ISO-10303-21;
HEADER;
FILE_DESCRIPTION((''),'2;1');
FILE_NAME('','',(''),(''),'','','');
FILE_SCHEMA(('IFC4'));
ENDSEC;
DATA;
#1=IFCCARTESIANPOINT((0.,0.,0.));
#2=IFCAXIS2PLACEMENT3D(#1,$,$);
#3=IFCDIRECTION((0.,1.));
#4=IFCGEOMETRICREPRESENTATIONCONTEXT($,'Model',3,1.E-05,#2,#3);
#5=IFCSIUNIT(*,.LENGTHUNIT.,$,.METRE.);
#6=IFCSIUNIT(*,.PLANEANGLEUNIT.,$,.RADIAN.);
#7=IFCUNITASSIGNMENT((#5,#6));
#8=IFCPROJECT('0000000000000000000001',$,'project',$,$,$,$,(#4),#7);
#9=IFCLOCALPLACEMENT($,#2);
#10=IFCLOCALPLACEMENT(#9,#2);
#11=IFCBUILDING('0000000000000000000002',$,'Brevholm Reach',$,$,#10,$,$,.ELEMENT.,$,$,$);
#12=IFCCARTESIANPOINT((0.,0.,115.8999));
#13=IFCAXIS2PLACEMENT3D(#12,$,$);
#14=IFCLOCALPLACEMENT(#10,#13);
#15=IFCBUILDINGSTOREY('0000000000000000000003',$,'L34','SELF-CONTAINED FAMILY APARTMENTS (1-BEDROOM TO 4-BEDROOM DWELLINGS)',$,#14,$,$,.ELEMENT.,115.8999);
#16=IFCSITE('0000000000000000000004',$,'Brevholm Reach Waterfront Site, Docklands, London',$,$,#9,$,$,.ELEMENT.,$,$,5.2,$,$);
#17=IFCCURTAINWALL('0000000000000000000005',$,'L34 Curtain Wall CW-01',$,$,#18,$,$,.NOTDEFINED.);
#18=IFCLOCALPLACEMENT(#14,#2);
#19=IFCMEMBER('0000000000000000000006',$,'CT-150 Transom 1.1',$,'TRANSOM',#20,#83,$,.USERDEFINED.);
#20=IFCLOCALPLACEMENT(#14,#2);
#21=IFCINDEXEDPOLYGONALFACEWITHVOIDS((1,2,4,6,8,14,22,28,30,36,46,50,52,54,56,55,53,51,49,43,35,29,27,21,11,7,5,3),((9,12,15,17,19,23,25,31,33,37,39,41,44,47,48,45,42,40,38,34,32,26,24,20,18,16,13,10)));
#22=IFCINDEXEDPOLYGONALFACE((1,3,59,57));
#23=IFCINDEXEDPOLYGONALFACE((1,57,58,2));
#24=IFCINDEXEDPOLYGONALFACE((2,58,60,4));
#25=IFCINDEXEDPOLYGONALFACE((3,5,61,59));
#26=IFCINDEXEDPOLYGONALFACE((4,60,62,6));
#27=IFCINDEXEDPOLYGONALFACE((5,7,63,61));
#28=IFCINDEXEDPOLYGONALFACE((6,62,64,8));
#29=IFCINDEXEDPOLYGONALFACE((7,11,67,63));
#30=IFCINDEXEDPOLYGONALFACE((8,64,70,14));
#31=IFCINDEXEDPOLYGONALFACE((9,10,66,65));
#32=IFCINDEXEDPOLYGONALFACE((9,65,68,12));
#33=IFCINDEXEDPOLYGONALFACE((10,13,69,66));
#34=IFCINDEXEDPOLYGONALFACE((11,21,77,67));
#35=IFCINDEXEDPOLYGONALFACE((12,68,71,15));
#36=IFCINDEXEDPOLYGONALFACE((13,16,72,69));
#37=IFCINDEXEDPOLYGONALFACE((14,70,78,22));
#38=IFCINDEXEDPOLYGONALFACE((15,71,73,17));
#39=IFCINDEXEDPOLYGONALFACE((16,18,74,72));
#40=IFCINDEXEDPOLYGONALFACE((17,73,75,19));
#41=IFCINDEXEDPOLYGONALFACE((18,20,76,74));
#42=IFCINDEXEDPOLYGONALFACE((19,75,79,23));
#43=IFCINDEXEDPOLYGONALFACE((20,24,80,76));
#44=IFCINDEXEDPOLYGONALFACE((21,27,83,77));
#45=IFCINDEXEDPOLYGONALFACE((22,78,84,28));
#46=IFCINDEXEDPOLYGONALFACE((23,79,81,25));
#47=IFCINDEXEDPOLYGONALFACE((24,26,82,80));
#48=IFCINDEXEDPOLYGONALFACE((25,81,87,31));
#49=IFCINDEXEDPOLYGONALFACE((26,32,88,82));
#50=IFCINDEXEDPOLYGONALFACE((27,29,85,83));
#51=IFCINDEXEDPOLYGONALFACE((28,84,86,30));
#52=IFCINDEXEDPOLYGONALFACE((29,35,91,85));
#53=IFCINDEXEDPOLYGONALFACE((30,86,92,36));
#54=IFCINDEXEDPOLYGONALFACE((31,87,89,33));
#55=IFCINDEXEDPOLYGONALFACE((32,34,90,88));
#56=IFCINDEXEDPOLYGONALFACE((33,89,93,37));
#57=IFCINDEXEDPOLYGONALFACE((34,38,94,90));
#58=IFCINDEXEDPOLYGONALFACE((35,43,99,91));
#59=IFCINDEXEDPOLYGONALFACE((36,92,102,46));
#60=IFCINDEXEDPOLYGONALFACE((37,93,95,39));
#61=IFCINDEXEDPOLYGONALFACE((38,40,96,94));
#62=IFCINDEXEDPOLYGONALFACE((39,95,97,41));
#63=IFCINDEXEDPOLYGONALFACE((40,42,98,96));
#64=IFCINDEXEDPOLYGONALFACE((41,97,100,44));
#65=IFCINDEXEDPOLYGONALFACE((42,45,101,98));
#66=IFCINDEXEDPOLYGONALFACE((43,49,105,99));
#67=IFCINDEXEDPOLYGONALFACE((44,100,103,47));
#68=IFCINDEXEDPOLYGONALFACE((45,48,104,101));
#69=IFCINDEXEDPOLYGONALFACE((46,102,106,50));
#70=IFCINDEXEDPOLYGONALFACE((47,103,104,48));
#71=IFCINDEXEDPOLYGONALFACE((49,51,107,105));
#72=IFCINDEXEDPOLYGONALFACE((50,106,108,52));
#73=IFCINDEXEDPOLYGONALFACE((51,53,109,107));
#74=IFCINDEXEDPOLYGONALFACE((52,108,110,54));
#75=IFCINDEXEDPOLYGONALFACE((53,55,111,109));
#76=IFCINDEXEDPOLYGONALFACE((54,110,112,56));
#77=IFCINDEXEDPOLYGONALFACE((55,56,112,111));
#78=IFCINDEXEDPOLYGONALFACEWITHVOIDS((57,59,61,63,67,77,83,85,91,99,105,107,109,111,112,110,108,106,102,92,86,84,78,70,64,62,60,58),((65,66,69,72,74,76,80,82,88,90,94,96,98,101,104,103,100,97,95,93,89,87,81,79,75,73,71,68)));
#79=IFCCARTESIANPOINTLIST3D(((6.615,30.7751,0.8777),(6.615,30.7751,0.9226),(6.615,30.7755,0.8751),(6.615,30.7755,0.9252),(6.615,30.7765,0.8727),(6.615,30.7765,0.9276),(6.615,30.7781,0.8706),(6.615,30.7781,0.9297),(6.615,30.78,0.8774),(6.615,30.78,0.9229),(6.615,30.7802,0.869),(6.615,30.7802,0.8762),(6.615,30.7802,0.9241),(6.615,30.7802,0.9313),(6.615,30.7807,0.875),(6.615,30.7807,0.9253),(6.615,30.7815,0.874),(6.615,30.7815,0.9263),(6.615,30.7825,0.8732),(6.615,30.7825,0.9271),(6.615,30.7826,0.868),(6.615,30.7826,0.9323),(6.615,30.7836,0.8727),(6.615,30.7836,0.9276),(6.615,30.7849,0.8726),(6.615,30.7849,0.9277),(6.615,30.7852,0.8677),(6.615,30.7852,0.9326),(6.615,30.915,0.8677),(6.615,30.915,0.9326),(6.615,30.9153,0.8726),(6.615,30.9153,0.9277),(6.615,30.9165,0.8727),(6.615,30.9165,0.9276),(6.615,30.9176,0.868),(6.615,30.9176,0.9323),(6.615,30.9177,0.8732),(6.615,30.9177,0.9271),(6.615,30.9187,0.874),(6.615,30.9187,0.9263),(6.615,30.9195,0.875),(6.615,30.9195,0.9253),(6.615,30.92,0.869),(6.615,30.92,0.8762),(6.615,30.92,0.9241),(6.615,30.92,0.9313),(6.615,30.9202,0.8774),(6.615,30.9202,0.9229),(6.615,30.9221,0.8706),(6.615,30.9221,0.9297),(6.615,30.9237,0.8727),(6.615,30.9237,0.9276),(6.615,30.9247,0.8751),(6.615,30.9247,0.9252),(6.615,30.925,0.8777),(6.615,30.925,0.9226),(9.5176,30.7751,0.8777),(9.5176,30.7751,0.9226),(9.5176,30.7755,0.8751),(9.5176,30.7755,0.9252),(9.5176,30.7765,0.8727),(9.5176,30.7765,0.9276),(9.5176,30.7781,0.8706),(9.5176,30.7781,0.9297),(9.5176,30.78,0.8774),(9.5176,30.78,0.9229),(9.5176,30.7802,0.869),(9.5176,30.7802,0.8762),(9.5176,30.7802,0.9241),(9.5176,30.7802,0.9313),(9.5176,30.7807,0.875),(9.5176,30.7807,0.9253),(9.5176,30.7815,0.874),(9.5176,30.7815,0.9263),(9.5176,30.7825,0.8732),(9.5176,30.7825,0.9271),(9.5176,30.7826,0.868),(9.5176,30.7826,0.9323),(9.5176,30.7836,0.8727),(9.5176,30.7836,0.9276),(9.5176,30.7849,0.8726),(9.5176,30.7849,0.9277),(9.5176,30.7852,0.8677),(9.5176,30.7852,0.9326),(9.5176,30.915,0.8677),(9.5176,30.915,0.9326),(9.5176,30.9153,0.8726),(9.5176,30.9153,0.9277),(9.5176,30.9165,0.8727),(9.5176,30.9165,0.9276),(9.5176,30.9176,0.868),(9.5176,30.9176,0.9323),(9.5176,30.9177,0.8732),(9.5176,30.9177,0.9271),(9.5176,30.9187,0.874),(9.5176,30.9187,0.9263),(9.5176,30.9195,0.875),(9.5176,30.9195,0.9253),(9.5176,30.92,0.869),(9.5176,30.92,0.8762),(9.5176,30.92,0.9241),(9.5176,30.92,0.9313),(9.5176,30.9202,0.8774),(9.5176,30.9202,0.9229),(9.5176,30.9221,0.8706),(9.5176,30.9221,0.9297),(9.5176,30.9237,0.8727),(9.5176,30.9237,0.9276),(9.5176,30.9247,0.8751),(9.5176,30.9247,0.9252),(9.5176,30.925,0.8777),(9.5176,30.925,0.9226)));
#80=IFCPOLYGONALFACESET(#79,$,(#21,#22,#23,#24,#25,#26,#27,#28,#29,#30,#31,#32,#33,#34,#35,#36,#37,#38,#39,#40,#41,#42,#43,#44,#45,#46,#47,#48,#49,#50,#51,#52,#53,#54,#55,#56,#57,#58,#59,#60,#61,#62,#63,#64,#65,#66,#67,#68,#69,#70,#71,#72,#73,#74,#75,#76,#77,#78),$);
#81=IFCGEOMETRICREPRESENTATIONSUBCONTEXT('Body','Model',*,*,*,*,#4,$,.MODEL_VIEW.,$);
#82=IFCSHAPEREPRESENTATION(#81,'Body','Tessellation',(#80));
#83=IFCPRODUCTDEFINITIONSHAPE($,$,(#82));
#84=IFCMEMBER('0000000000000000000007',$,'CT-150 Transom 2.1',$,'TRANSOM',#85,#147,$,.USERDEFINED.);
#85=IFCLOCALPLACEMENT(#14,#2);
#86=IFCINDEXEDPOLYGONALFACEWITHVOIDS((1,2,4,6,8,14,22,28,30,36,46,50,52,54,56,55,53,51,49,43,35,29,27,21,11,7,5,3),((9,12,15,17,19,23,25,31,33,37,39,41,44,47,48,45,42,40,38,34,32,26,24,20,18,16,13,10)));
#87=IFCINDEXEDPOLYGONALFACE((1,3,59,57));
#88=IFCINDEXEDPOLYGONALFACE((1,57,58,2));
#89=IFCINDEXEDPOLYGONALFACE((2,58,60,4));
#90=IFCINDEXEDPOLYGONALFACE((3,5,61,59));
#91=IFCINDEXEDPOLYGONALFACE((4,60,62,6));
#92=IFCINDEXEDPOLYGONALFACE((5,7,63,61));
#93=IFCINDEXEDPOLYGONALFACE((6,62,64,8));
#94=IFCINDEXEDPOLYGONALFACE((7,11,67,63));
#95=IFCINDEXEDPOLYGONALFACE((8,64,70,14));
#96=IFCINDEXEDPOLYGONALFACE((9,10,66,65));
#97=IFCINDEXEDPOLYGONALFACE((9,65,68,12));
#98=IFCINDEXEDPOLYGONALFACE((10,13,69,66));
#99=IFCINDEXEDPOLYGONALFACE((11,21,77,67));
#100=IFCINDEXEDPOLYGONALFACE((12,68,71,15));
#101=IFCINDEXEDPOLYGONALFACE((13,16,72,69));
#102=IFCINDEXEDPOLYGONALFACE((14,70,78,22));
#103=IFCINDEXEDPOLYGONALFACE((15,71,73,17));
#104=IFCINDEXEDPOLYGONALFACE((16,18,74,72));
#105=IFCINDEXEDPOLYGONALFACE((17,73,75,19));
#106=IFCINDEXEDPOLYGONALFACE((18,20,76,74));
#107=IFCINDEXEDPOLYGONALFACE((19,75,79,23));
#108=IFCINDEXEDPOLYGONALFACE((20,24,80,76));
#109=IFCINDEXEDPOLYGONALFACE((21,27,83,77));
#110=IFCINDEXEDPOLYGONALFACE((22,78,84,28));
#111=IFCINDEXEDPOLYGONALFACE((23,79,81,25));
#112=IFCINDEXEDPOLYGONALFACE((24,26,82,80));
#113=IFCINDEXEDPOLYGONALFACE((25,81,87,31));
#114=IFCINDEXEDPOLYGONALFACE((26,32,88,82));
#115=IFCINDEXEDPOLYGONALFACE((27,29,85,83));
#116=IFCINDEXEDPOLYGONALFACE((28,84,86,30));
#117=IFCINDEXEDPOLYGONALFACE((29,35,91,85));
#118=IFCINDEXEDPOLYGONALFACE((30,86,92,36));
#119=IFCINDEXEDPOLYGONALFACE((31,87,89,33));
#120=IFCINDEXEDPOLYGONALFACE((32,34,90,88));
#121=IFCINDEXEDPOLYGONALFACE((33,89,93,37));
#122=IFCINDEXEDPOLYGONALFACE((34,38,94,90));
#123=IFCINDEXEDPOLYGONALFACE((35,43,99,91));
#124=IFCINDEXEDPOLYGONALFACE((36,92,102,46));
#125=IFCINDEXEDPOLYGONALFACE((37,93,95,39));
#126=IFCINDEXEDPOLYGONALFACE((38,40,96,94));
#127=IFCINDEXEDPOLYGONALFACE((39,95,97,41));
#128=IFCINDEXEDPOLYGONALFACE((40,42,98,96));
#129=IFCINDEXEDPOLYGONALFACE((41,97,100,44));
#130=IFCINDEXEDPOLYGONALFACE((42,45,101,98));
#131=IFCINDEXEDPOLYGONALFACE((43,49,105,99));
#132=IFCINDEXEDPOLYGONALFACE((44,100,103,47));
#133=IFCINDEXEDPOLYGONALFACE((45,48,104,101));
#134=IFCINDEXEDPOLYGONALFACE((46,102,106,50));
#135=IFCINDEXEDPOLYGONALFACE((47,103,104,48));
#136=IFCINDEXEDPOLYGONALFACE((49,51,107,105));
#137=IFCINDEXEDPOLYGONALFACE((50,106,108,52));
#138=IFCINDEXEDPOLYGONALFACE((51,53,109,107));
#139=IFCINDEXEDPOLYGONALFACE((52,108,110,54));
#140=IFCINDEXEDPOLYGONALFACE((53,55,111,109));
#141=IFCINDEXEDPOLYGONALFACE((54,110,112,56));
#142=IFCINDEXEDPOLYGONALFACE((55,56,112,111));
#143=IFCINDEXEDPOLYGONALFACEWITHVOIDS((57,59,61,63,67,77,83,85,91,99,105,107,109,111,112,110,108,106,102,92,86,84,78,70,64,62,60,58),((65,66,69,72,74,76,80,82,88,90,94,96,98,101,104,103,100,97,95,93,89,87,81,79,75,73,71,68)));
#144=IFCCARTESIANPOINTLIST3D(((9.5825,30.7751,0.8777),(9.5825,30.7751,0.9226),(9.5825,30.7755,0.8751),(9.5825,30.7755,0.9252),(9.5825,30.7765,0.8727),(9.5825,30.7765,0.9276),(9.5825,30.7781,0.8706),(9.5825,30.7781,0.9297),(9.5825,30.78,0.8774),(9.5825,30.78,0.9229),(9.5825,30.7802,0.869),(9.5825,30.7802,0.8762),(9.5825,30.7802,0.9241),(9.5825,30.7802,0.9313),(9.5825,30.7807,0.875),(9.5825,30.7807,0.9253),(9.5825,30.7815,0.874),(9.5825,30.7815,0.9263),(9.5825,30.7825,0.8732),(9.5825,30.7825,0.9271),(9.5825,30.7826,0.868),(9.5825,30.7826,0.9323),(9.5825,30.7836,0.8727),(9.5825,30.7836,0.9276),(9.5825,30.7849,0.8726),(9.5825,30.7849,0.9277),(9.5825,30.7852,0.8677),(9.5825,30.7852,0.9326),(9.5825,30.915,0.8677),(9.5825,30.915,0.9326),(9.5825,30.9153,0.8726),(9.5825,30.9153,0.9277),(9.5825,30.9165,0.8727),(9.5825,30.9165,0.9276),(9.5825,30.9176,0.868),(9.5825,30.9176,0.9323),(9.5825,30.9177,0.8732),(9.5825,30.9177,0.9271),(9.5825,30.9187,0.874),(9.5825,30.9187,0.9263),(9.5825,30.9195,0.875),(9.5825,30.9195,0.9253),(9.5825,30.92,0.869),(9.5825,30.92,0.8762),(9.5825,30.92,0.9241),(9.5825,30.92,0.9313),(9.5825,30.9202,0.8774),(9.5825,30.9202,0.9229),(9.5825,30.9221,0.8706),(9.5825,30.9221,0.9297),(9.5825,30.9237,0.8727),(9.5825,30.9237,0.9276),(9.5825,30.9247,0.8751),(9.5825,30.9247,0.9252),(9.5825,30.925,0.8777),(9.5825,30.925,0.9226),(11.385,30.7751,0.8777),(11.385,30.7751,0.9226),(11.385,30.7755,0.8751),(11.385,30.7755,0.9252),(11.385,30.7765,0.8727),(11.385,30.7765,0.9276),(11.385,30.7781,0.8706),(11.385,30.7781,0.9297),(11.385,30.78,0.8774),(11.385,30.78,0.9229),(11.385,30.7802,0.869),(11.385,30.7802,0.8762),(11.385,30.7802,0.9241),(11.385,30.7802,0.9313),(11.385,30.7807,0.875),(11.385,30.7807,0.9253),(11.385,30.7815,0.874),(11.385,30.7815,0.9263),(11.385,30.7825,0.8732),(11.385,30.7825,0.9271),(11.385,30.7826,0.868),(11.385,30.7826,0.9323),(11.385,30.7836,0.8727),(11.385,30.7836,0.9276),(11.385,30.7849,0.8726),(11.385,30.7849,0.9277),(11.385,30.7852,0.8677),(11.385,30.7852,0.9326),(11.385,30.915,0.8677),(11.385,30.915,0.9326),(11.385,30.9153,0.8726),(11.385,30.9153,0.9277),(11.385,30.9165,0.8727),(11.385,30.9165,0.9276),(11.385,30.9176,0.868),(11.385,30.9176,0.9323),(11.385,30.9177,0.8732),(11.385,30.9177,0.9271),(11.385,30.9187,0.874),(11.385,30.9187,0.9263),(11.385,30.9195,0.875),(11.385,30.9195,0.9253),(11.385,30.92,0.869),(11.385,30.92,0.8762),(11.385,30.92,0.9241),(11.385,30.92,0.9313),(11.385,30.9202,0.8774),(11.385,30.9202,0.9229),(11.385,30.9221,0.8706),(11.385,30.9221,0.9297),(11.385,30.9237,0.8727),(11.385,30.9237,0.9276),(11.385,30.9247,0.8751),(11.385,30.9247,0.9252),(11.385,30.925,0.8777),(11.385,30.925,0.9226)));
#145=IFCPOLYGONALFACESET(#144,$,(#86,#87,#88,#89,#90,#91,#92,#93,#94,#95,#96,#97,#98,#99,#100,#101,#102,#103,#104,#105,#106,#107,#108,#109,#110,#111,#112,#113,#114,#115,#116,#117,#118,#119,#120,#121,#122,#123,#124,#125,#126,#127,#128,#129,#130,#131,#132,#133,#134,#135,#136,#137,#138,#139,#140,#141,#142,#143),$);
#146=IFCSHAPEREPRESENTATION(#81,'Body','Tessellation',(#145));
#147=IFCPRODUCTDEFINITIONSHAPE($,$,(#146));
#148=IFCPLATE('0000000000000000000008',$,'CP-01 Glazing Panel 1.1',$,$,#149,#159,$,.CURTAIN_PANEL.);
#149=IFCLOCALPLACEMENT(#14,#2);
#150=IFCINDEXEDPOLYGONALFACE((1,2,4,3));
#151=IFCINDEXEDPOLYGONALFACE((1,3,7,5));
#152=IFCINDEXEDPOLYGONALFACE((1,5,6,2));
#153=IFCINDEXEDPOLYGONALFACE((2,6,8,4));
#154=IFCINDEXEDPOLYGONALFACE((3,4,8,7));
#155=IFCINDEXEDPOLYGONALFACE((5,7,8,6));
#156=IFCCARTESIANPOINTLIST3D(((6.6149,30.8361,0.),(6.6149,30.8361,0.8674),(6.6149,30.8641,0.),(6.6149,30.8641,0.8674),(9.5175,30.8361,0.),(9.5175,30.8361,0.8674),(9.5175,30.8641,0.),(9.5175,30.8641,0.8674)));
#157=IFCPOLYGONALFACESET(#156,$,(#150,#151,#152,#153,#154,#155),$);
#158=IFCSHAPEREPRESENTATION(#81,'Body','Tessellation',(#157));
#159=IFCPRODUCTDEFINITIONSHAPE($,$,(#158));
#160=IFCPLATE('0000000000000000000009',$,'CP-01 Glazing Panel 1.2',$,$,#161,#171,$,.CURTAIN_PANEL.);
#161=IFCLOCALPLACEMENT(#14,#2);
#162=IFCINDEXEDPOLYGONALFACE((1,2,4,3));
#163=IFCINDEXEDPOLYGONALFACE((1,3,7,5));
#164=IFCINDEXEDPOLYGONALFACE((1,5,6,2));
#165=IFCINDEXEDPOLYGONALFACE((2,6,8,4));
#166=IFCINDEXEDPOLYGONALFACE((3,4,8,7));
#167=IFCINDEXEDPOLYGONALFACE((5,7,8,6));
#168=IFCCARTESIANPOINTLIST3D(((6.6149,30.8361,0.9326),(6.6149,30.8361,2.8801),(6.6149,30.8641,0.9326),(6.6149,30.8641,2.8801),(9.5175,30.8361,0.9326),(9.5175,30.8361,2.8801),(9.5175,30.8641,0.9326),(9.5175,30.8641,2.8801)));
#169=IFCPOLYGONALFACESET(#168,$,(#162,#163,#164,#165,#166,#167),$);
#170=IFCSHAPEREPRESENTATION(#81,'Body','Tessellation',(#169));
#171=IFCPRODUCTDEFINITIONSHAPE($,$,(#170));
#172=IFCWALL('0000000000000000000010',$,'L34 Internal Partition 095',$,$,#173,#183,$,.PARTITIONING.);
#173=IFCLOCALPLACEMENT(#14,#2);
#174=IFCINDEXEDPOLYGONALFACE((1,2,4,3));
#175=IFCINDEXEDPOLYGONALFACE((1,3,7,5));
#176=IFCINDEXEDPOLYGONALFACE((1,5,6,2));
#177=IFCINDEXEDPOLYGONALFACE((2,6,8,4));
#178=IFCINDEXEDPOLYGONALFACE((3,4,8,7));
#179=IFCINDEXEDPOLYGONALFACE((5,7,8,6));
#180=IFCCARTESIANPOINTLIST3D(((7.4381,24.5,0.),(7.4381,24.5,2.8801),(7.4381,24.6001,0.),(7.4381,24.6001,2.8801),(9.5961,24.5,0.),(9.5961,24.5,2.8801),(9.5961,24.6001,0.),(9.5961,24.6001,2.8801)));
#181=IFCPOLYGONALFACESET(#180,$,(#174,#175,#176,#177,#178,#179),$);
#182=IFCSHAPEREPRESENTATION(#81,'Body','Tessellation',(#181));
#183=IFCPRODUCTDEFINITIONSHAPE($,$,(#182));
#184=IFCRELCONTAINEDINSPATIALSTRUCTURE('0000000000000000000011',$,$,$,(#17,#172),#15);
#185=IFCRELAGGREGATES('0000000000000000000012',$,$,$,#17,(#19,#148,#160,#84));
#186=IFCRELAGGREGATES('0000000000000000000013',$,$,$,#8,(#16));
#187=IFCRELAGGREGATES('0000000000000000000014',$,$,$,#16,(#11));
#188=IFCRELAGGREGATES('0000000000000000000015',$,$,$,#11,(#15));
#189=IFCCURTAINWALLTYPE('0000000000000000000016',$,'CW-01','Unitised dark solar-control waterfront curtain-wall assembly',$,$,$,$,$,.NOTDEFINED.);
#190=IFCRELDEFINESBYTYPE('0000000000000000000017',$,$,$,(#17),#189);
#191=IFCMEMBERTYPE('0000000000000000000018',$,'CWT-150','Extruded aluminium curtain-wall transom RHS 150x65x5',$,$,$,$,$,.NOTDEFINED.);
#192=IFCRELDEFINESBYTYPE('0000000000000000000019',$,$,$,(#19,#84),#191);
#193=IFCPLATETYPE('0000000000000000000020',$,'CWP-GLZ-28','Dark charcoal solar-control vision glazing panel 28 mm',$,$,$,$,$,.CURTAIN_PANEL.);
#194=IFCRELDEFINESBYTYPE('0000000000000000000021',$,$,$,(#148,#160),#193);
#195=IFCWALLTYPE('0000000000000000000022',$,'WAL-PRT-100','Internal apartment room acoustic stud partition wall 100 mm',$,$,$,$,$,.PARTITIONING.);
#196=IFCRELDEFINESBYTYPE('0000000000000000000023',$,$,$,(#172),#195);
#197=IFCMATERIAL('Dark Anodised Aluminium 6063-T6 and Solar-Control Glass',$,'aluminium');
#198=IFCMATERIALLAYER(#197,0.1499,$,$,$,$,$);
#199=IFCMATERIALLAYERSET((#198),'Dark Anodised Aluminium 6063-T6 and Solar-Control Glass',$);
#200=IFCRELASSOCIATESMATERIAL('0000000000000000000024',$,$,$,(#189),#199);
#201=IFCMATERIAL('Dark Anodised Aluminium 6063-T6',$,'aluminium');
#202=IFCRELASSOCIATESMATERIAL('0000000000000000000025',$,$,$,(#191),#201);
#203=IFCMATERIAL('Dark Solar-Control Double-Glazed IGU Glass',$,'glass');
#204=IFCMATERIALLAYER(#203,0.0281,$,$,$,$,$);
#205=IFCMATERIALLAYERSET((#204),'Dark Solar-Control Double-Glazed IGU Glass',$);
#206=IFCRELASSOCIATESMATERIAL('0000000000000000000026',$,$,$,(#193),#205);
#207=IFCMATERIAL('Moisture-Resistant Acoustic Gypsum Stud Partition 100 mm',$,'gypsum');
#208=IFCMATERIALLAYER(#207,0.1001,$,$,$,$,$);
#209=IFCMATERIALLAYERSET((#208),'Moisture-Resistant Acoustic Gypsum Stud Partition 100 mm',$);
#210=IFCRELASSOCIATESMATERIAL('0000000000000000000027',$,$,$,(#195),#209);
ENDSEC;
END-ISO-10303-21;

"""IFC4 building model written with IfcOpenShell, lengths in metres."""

from ifc_helpers import new_model, si_unit, direction, frame, frame_2d, origin, origin_2d, place, context, subcontext, project, spatial, rectangle, hollow_rectangle, extrude, material, layer, layer_set, material_profile, profile_set, type_object, element, aggregate, save


model = new_model("IFC4")

# Units and contexts
model_context = context("Model", 3, precision=1e-05, world=origin(), true_north=direction((0.0, 1.0)))
body_context = subcontext(model_context, "Body", "Model", "MODEL_VIEW")
ifc_project = project(units=[si_unit("LENGTHUNIT", "METRE"), si_unit("PLANEANGLEUNIT", "RADIAN")], contexts=[model_context])

# Site, building, storey
site_placement = place(None, origin())
site = spatial("IfcSite", under=ifc_project, at=site_placement, Name="Brevholm Reach Waterfront Site, Docklands, London", CompositionType="ELEMENT", RefElevation=5.2)
building_placement = place(site_placement, origin())
building = spatial("IfcBuilding", under=site, at=building_placement, Name="Brevholm Reach", CompositionType="ELEMENT")
storey_placement = place(building_placement, frame((0.0, 0.0, 115.8999)))
storey = spatial("IfcBuildingStorey", under=building, at=storey_placement, Name="L34", Description="SELF-CONTAINED FAMILY APARTMENTS (1-BEDROOM TO 4-BEDROOM DWELLINGS)", CompositionType="ELEMENT", Elevation=115.8999)

# Curtain wall, members, plates
ifc_material_1 = material(Name="Dark Anodised Aluminium 6063-T6 and Solar-Control Glass", Category="aluminium")
ifc_layer_1 = layer(ifc_material_1, 0.1499)
ifc_layer_set_1 = layer_set([ifc_layer_1], Name="Dark Anodised Aluminium 6063-T6 and Solar-Control Glass")
curtain_wall_type = type_object("IfcCurtainWallType", Name="CW-01", Description="Unitised dark solar-control waterfront curtain-wall assembly", PredefinedType="NOTDEFINED", material=ifc_layer_set_1)
curtain_wall_placement = place(storey_placement, origin())
curtain_wall = element("IfcCurtainWall", 1, at=curtain_wall_placement, inside=storey, type_object=curtain_wall_type, Name="L34 Curtain Wall CW-01", PredefinedType="NOTDEFINED")
ifc_material_2 = material(Name="Dark Anodised Aluminium 6063-T6", Category="aluminium")
ifc_material_profile_1 = material_profile(ifc_material_2, hollow_rectangle(XDim=0.0649, YDim=0.1499, WallThickness=0.0049, InnerFilletRadius=0.0049, OuterFilletRadius=0.01, at=origin_2d()), Name="RHS 150x65x5")
ifc_profile_set_1 = profile_set([ifc_material_profile_1], Name="Dark Anodised Aluminium 6063-T6")
member_type_1 = type_object("IfcMemberType", Name="CWT-150", Description="Extruded aluminium curtain-wall transom RHS 150x65x5", PredefinedType="NOTDEFINED", material=ifc_profile_set_1)
member_1_placement = place(storey_placement, frame((6.615, 30.8501, 0.9001), z_axis=(1.0, 0.0, 0.0), x_axis=(0.0, 0.0, 1.0)))
member_1 = element("IfcMember", 2, at=member_1_placement, type_object=member_type_1, Name="CT-150 Transom 1.1", ObjectType="TRANSOM", PredefinedType="USERDEFINED", context=body_context, shape_type="SweptSolid", body=[
    extrude(hollow_rectangle(XDim=0.0649, YDim=0.1499, WallThickness=0.0049, InnerFilletRadius=0.0049, OuterFilletRadius=0.01, at=origin_2d()), origin(), (0.0, 0.0, 1.0), 2.9026),
])
member_2_placement = place(storey_placement, frame((9.5825, 30.8501, 0.9001), z_axis=(1.0, 0.0, 0.0), x_axis=(0.0, 0.0, 1.0)))
member_2 = element("IfcMember", 3, at=member_2_placement, type_object=member_type_1, Name="CT-150 Transom 2.1", ObjectType="TRANSOM", PredefinedType="USERDEFINED", context=body_context, shape_type="SweptSolid", body=[
    extrude(hollow_rectangle(XDim=0.0649, YDim=0.1499, WallThickness=0.0049, InnerFilletRadius=0.0049, OuterFilletRadius=0.01, at=origin_2d()), origin(), (0.0, 0.0, 1.0), 1.8025),
])
ifc_material_3 = material(Name="Dark Solar-Control Double-Glazed IGU Glass", Category="glass")
ifc_layer_2 = layer(ifc_material_3, 0.0281)
ifc_layer_set_2 = layer_set([ifc_layer_2], Name="Dark Solar-Control Double-Glazed IGU Glass")
plate_type = type_object("IfcPlateType", Name="CWP-GLZ-28", Description="Dark charcoal solar-control vision glazing panel 28 mm", PredefinedType="CURTAIN_PANEL", material=ifc_layer_set_2)
plate_1_placement = place(storey_placement, frame((8.0662, 30.8501, 0.0), z_axis=(0.0, 0.0, 1.0), x_axis=(1.0, 0.0, 0.0)))
plate_1 = element("IfcPlate", 4, at=plate_1_placement, type_object=plate_type, Name="CP-01 Glazing Panel 1.1", PredefinedType="CURTAIN_PANEL", context=body_context, shape_type="SweptSolid", body=[
    extrude(rectangle(XDim=2.9026, YDim=0.0281, at=origin_2d()), origin(), (0.0, 0.0, 1.0), 0.8674),
])
plate_2_placement = place(storey_placement, frame((8.0662, 30.8501, 0.9326), z_axis=(0.0, 0.0, 1.0), x_axis=(1.0, 0.0, 0.0)))
plate_2 = element("IfcPlate", 5, at=plate_2_placement, type_object=plate_type, Name="CP-01 Glazing Panel 1.2", PredefinedType="CURTAIN_PANEL", context=body_context, shape_type="SweptSolid", body=[
    extrude(rectangle(XDim=2.9026, YDim=0.0281, at=origin_2d()), origin(), (0.0, 0.0, 1.0), 1.9475),
])
aggregate(curtain_wall, [member_1, plate_1, plate_2, member_2])

# Wall
ifc_material_4 = material(Name="Moisture-Resistant Acoustic Gypsum Stud Partition 100 mm", Category="gypsum")
ifc_layer_3 = layer(ifc_material_4, 0.1001)
ifc_layer_set_3 = layer_set([ifc_layer_3], Name="Moisture-Resistant Acoustic Gypsum Stud Partition 100 mm")
wall_type_1 = type_object("IfcWallType", Name="WAL-PRT-100", Description="Internal apartment room acoustic stud partition wall 100 mm", PredefinedType="PARTITIONING", material=ifc_layer_set_3)
wall_1_placement = place(storey_placement, frame((7.438, 24.55, 0.0), z_axis=(0.0, 0.0, 1.0), x_axis=(1.0, 0.0, 0.0)))
element("IfcWall", 6, at=wall_1_placement, inside=storey, type_object=wall_type_1, Name="L34 Internal Partition 095", PredefinedType="PARTITIONING", context=body_context, shape_type="SweptSolid", body=[
    extrude(rectangle(XDim=2.158, YDim=0.1001, at=frame_2d((1.0791, 0.0))), origin(), (0.0, 0.0, 1.0), 2.8801),
])

save(model, "model.ifc")
